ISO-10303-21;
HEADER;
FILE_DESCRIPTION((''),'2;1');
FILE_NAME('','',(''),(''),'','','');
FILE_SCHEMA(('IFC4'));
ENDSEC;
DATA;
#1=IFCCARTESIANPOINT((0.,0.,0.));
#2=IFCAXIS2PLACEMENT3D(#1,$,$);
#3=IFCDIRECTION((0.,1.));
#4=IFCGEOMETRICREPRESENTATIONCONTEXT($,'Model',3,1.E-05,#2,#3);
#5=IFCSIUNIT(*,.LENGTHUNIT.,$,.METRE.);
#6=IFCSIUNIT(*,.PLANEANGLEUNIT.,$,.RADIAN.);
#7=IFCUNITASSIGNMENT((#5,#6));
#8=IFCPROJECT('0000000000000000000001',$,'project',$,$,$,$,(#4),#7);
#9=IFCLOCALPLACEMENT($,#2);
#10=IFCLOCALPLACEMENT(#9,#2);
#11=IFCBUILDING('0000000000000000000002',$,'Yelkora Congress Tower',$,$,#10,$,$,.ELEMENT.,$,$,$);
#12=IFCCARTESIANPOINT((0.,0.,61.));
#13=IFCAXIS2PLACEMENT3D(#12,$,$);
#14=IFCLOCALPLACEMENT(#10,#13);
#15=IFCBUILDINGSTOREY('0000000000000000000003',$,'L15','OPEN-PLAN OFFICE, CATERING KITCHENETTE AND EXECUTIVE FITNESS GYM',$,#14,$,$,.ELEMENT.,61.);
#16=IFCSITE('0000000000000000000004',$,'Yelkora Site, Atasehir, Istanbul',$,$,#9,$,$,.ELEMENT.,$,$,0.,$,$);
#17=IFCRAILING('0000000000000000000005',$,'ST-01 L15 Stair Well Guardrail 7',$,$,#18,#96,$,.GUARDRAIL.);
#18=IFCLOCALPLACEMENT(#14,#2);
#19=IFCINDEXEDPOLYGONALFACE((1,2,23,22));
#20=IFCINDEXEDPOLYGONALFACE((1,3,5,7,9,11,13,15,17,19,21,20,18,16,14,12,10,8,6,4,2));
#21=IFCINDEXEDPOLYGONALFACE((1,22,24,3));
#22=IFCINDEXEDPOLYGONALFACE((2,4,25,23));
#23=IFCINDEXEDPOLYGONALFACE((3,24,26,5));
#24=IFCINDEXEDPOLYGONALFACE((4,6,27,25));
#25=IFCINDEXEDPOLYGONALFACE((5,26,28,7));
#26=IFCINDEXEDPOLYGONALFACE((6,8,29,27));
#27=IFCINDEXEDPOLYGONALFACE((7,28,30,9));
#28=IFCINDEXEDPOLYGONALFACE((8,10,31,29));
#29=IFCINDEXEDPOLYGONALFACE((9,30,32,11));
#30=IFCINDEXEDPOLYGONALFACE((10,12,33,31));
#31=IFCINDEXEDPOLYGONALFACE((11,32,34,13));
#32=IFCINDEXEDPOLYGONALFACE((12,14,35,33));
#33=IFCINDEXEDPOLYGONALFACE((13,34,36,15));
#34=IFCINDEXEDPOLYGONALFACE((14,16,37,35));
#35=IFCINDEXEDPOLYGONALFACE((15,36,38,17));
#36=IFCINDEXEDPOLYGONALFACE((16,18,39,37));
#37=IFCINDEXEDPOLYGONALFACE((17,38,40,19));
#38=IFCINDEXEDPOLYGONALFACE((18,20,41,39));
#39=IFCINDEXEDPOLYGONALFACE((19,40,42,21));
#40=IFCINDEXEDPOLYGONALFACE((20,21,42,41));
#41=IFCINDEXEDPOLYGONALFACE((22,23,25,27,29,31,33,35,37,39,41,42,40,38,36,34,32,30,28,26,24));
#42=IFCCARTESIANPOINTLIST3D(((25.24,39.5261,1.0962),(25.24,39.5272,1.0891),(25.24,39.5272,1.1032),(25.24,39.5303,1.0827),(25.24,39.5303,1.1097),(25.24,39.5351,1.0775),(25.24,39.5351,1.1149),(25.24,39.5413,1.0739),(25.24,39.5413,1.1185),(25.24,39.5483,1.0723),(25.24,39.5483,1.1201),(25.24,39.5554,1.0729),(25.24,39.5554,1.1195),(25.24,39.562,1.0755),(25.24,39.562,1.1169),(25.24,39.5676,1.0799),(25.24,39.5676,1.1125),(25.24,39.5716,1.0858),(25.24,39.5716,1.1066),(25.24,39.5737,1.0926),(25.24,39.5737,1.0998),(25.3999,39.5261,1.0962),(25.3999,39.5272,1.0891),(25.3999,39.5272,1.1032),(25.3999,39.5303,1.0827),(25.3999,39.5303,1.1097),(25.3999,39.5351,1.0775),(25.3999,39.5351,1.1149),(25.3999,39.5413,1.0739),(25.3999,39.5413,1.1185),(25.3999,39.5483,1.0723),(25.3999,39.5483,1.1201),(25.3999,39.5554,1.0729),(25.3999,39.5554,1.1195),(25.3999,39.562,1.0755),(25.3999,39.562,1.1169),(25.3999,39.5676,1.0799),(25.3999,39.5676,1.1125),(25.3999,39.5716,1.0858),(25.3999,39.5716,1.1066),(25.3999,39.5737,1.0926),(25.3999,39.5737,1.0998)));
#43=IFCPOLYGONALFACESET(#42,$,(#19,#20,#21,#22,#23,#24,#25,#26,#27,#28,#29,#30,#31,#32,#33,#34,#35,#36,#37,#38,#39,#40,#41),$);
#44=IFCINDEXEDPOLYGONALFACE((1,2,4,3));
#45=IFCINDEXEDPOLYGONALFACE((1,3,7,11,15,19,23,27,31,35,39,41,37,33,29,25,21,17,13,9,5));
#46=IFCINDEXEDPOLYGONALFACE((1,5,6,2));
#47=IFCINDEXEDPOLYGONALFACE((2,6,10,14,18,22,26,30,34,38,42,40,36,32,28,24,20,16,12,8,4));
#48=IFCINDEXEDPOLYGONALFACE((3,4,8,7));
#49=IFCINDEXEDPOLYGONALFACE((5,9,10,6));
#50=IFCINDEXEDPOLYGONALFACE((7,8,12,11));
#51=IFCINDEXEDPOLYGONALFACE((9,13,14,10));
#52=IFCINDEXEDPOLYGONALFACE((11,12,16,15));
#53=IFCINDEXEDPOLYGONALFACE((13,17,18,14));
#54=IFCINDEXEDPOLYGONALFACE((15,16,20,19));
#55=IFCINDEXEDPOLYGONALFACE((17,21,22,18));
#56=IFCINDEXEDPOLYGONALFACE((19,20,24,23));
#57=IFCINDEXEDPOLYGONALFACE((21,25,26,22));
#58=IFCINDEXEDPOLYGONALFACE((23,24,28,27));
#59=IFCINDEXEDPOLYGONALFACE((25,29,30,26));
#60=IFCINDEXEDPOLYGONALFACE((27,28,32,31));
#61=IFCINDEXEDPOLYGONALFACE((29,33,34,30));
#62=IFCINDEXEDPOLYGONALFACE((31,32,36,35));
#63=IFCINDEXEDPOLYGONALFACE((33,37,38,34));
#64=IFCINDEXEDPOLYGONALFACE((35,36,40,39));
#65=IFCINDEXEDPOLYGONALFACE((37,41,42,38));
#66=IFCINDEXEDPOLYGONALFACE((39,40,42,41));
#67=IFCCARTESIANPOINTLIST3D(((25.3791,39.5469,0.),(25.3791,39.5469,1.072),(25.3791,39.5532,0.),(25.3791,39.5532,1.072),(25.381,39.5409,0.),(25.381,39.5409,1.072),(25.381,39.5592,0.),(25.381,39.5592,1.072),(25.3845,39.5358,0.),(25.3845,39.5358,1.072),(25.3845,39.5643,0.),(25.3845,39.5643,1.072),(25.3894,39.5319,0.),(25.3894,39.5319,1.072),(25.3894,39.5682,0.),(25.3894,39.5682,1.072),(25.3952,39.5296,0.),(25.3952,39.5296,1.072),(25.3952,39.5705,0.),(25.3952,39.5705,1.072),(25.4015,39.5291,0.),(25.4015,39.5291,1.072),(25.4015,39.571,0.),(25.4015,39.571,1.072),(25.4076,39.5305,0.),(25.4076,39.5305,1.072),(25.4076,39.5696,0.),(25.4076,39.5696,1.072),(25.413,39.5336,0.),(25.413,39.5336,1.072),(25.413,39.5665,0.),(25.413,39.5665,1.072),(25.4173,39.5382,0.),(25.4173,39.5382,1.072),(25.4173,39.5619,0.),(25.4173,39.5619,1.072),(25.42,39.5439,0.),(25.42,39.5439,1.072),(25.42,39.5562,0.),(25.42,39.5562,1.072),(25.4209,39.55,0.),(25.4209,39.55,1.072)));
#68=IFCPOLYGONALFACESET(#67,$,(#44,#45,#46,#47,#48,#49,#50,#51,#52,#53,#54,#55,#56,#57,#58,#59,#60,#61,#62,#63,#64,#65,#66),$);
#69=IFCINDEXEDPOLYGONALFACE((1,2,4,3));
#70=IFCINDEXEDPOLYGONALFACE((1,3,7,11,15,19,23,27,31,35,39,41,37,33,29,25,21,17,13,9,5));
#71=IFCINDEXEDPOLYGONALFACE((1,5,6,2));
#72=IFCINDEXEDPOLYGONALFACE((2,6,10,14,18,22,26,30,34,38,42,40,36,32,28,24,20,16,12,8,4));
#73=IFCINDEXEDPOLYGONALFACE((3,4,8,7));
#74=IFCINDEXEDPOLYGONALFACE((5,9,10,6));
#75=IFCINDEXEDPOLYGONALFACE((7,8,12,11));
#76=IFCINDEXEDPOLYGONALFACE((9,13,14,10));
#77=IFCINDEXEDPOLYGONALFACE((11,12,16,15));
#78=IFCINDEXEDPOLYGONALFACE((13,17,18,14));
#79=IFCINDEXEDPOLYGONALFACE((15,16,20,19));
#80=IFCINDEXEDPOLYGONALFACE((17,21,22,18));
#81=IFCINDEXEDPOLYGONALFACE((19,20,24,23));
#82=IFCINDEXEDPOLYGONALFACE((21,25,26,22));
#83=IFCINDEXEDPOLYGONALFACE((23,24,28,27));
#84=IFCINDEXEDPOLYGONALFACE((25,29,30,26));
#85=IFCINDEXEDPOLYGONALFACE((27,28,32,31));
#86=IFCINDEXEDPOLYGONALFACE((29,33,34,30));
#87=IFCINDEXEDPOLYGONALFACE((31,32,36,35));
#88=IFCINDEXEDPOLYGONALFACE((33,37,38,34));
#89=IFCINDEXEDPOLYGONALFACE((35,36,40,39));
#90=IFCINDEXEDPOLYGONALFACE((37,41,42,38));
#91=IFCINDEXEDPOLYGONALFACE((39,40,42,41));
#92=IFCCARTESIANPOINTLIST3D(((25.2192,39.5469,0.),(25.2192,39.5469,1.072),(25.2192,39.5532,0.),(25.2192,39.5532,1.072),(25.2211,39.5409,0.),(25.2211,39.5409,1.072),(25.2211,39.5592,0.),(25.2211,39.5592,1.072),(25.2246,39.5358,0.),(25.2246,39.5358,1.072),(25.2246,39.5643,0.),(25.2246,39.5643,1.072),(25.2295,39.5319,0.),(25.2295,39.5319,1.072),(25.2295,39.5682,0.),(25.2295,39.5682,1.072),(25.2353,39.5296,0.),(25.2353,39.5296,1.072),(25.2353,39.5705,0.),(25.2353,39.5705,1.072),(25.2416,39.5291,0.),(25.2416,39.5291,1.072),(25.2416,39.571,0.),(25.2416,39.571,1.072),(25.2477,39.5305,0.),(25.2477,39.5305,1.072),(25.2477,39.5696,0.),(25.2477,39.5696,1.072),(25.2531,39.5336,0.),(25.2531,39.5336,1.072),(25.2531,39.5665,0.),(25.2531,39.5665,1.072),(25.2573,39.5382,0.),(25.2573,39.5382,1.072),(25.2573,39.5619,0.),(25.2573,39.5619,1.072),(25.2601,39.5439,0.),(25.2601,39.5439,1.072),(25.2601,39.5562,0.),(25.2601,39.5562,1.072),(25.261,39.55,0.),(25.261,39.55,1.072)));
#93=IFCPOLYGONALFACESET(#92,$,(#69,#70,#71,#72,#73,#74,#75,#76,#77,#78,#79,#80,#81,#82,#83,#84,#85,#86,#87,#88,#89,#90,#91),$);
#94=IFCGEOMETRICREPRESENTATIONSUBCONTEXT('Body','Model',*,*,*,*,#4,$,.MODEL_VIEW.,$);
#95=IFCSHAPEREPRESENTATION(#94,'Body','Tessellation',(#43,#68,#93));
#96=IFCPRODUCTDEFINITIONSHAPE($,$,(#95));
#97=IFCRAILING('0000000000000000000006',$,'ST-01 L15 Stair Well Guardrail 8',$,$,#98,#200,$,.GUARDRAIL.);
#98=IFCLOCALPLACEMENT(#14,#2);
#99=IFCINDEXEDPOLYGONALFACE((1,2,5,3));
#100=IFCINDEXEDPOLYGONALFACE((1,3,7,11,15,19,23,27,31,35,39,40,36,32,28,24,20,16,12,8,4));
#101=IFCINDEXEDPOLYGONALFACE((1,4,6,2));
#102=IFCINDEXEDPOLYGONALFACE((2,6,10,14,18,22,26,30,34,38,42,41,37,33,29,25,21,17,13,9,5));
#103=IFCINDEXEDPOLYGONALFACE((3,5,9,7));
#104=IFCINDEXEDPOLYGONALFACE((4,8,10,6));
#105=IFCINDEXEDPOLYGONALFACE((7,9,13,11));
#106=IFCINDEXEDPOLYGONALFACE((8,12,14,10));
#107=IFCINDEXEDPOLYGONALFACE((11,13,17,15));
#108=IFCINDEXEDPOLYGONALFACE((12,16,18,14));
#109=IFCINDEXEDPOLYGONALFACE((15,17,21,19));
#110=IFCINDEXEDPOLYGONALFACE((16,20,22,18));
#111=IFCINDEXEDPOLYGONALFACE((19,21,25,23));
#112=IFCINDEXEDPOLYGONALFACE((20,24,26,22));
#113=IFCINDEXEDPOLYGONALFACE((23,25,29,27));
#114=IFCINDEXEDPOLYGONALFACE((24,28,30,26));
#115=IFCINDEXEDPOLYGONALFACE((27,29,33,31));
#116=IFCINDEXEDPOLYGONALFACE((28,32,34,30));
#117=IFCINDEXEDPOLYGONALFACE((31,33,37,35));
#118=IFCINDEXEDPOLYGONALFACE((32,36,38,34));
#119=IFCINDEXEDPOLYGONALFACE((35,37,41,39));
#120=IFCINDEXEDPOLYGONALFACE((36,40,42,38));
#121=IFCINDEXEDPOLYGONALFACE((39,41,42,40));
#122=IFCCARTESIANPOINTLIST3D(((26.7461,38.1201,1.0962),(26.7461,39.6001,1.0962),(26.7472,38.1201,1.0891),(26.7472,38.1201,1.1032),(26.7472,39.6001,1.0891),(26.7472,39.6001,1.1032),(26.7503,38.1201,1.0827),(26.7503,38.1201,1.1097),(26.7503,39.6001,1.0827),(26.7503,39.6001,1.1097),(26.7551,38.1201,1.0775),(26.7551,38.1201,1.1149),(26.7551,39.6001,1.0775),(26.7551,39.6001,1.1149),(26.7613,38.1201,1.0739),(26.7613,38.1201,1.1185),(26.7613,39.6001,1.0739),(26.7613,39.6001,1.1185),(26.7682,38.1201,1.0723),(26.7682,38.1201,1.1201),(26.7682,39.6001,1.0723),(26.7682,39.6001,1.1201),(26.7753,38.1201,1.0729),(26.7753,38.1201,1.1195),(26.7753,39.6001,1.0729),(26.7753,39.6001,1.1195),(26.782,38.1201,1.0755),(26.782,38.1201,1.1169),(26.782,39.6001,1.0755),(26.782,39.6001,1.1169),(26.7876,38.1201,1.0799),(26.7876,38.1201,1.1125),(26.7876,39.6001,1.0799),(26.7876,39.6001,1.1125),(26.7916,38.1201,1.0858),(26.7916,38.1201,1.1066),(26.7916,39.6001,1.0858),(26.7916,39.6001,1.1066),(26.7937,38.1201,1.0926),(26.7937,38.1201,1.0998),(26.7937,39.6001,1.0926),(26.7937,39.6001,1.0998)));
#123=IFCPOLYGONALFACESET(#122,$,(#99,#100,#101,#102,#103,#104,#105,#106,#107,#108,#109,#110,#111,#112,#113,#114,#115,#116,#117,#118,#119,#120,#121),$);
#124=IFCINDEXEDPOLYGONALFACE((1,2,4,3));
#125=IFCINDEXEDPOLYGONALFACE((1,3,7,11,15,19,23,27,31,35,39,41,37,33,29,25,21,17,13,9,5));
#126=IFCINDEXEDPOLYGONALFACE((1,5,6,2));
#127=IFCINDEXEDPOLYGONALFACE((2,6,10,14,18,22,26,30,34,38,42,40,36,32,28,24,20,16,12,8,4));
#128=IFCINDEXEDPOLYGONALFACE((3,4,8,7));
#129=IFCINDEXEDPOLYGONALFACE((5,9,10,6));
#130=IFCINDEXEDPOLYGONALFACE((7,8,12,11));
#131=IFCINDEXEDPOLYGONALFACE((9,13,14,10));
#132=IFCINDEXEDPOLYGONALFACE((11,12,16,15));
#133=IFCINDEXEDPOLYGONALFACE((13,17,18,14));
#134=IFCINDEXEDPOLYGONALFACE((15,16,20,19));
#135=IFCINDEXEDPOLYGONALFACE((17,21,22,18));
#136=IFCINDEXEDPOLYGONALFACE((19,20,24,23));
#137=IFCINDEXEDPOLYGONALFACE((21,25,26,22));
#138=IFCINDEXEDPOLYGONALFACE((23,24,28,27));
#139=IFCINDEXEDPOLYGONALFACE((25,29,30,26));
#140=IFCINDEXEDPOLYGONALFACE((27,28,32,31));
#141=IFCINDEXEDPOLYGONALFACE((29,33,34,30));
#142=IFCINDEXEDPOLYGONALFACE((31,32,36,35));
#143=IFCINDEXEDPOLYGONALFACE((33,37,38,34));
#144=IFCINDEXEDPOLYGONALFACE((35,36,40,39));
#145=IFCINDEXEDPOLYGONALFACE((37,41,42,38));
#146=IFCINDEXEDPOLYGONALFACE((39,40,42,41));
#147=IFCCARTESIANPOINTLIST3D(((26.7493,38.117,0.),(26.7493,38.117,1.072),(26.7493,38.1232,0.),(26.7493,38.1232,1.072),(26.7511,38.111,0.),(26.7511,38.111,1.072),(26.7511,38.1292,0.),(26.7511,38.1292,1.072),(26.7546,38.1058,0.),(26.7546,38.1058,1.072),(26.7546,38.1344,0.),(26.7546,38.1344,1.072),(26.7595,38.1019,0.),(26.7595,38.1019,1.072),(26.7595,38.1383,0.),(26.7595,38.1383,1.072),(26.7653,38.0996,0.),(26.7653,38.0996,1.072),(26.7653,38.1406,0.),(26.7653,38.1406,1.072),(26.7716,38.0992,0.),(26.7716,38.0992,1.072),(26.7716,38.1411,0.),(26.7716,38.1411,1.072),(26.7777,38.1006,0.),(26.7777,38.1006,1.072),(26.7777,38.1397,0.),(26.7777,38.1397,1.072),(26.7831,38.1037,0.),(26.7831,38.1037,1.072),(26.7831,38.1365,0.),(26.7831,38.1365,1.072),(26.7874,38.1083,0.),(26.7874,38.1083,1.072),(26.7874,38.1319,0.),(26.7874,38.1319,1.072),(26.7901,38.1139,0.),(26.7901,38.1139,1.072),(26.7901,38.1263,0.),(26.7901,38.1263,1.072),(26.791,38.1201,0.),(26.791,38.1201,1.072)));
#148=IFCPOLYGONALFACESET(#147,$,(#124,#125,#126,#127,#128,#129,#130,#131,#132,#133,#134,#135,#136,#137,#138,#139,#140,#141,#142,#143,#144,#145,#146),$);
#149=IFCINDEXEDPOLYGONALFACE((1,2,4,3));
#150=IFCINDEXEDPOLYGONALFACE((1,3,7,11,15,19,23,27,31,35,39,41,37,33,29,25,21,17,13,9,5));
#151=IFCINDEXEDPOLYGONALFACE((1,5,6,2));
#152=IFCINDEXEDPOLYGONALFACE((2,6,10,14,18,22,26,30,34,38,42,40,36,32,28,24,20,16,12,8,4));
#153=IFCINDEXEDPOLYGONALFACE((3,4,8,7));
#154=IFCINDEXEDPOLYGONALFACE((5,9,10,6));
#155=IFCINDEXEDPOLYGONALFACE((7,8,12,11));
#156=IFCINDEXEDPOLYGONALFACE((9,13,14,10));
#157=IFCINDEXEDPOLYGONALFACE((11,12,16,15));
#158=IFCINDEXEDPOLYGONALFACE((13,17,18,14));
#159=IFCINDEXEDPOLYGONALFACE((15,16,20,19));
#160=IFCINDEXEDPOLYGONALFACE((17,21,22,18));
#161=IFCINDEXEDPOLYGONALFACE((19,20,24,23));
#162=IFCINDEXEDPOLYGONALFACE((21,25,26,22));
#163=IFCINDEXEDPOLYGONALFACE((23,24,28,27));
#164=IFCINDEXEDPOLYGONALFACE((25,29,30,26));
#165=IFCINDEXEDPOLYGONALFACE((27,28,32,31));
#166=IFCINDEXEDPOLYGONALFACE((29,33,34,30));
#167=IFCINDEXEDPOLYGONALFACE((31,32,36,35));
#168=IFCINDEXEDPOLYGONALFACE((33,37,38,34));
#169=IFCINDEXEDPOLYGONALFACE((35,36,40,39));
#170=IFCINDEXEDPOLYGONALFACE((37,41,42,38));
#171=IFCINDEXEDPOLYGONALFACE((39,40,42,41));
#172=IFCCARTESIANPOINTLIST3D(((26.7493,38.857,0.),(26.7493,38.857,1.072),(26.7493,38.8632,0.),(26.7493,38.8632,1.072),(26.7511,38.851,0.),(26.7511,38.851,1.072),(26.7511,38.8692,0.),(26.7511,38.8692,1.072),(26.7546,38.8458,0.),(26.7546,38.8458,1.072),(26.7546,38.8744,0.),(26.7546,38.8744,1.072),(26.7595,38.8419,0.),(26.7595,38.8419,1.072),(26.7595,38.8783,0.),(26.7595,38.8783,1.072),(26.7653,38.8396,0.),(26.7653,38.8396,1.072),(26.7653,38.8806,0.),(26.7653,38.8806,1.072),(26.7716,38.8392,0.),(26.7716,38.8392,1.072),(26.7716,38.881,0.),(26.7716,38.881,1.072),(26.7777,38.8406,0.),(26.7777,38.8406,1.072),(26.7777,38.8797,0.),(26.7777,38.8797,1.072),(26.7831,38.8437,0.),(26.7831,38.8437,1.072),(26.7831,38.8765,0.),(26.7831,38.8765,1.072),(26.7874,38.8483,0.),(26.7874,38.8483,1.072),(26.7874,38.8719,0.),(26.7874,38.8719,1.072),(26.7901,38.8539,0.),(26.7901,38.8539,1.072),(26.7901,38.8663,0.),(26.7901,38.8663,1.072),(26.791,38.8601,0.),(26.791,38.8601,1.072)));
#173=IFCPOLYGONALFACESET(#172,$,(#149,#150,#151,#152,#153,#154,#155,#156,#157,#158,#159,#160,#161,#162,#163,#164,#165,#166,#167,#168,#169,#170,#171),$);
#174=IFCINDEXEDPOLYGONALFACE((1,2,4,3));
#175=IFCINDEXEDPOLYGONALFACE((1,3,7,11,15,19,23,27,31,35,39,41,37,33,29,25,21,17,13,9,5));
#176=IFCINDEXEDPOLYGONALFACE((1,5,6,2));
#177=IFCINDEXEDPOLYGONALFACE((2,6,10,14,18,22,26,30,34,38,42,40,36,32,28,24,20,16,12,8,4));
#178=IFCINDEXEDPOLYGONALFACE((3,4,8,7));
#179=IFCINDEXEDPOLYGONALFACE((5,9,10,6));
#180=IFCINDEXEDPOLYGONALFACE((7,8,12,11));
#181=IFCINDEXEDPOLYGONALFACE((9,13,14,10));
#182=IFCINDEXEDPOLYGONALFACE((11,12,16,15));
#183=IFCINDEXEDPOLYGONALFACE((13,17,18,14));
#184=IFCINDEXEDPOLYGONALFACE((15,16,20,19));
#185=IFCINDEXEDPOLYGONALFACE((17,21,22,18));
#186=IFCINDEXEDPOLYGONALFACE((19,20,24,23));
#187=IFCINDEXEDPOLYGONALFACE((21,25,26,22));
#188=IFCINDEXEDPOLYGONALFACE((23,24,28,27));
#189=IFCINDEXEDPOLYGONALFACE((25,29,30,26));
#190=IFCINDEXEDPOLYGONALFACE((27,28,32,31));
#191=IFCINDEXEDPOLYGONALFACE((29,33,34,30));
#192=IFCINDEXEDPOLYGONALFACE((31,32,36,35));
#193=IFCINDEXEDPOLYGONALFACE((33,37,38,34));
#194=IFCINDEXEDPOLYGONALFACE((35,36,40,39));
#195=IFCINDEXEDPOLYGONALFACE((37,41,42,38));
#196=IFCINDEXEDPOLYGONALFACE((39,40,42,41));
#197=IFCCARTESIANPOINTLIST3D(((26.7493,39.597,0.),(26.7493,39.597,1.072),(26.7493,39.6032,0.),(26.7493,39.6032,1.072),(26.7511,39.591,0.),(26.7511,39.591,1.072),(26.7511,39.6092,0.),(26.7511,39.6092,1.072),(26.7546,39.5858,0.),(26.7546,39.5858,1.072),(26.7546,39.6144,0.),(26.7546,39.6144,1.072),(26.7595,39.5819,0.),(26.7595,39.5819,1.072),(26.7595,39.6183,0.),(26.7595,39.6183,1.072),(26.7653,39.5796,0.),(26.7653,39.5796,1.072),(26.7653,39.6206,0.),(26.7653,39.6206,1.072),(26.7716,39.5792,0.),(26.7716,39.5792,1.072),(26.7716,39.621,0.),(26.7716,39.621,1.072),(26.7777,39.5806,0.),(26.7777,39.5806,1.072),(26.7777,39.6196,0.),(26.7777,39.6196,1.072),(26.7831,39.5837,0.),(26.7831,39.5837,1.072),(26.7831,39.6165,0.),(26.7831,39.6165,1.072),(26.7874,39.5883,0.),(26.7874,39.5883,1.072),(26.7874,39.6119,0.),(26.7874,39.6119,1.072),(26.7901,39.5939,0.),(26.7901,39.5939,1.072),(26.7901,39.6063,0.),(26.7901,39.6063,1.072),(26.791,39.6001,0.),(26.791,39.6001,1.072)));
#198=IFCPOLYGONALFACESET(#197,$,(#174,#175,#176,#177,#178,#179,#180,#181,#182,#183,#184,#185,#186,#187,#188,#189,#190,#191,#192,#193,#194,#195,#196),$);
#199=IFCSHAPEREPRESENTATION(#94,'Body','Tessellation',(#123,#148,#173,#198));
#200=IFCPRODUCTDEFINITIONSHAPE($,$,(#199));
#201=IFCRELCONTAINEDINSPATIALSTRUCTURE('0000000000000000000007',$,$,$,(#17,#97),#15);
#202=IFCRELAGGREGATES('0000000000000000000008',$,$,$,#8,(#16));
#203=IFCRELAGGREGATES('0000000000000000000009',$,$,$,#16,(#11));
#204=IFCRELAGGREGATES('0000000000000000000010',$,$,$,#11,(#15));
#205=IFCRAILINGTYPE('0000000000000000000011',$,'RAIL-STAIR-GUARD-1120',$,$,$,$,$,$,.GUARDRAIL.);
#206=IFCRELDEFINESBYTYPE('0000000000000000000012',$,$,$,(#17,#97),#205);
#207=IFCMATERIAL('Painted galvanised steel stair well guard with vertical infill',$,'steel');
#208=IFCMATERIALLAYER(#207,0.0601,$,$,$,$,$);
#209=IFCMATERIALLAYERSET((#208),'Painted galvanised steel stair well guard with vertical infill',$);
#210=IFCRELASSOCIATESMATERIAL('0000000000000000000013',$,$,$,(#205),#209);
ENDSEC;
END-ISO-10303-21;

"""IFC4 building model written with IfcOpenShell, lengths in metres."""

from ifc_helpers import new_model, si_unit, direction, frame, origin, origin_2d, place, context, subcontext, project, spatial, circle, extrude, material, layer, layer_set, type_object, element, save


model = new_model("IFC4")

# Units and contexts
model_context = context("Model", 3, precision=1e-05, world=origin(), true_north=direction((0.0, 1.0)))
body_context = subcontext(model_context, "Body", "Model", "MODEL_VIEW")
ifc_project = project(units=[si_unit("LENGTHUNIT", "METRE"), si_unit("PLANEANGLEUNIT", "RADIAN")], contexts=[model_context])

# Site, building, storey
site_placement = place(None, origin())
site = spatial("IfcSite", under=ifc_project, at=site_placement, Name="Yelkora Site, Atasehir, Istanbul", CompositionType="ELEMENT", RefElevation=0.0)
building_placement = place(site_placement, origin())
building = spatial("IfcBuilding", under=site, at=building_placement, Name="Yelkora Congress Tower", CompositionType="ELEMENT")
storey_placement = place(building_placement, frame((0.0, 0.0, 61.0)))
storey = spatial("IfcBuildingStorey", under=building, at=storey_placement, Name="L15", Description="OPEN-PLAN OFFICE, CATERING KITCHENETTE AND EXECUTIVE FITNESS GYM", CompositionType="ELEMENT", Elevation=61.0)

# Railings
ifc_material_1 = material(Name="Painted galvanised steel stair well guard with vertical infill", Category="steel")
ifc_layer_1 = layer(ifc_material_1, 0.0601)
ifc_layer_set_1 = layer_set([ifc_layer_1], Name="Painted galvanised steel stair well guard with vertical infill")
railing_type_1 = type_object("IfcRailingType", Name="RAIL-STAIR-GUARD-1120", PredefinedType="GUARDRAIL", material=ifc_layer_set_1)
railing_1_placement = place(storey_placement, frame((25.3999, 39.55, 0.0)))
element("IfcRailing", 1, at=railing_1_placement, inside=storey, type_object=railing_type_1, Name="ST-01 L15 Stair Well Guardrail 7", PredefinedType="GUARDRAIL", context=body_context, shape_type="SweptSolid", body=[
    extrude(circle(Radius=0.0239, at=origin_2d()), frame((0.0, 0.0, 1.0962), z_axis=(-1.0, 0.0, 0.0), x_axis=(0.0, -1.0, 0.0)), (0.0, 0.0, 1.0), 0.1599),
    extrude(circle(Radius=0.021, at=origin_2d()), origin(), (0.0, 0.0, 1.0), 1.072),
    extrude(circle(Radius=0.021, at=origin_2d()), frame((-0.1599, 0.0, 0.0)), (0.0, 0.0, 1.0), 1.072),
])
for number, where, name in (
    (2, (26.77, 38.1201, 0.0), "ST-01 L15 Stair Well Guardrail 8"),
):
    element("IfcRailing", number, at=place(storey_placement, frame(where)), inside=storey, type_object=railing_type_1, Name=name, PredefinedType="GUARDRAIL", context=body_context, shape_type="SweptSolid", body=[
        extrude(circle(Radius=0.0239, at=origin_2d()), frame((0.0, 0.0, 1.0962), z_axis=(0.0, 1.0, 0.0), x_axis=(-1.0, 0.0, 0.0)), (0.0, 0.0, 1.0), 1.48),
        extrude(circle(Radius=0.021, at=origin_2d()), origin(), (0.0, 0.0, 1.0), 1.072),
        extrude(circle(Radius=0.021, at=origin_2d()), frame((0.0, 0.74, 0.0)), (0.0, 0.0, 1.0), 1.072),
        extrude(circle(Radius=0.021, at=origin_2d()), frame((0.0, 1.48, 0.0)), (0.0, 0.0, 1.0), 1.072),
    ])

save(model, "model.ifc")
